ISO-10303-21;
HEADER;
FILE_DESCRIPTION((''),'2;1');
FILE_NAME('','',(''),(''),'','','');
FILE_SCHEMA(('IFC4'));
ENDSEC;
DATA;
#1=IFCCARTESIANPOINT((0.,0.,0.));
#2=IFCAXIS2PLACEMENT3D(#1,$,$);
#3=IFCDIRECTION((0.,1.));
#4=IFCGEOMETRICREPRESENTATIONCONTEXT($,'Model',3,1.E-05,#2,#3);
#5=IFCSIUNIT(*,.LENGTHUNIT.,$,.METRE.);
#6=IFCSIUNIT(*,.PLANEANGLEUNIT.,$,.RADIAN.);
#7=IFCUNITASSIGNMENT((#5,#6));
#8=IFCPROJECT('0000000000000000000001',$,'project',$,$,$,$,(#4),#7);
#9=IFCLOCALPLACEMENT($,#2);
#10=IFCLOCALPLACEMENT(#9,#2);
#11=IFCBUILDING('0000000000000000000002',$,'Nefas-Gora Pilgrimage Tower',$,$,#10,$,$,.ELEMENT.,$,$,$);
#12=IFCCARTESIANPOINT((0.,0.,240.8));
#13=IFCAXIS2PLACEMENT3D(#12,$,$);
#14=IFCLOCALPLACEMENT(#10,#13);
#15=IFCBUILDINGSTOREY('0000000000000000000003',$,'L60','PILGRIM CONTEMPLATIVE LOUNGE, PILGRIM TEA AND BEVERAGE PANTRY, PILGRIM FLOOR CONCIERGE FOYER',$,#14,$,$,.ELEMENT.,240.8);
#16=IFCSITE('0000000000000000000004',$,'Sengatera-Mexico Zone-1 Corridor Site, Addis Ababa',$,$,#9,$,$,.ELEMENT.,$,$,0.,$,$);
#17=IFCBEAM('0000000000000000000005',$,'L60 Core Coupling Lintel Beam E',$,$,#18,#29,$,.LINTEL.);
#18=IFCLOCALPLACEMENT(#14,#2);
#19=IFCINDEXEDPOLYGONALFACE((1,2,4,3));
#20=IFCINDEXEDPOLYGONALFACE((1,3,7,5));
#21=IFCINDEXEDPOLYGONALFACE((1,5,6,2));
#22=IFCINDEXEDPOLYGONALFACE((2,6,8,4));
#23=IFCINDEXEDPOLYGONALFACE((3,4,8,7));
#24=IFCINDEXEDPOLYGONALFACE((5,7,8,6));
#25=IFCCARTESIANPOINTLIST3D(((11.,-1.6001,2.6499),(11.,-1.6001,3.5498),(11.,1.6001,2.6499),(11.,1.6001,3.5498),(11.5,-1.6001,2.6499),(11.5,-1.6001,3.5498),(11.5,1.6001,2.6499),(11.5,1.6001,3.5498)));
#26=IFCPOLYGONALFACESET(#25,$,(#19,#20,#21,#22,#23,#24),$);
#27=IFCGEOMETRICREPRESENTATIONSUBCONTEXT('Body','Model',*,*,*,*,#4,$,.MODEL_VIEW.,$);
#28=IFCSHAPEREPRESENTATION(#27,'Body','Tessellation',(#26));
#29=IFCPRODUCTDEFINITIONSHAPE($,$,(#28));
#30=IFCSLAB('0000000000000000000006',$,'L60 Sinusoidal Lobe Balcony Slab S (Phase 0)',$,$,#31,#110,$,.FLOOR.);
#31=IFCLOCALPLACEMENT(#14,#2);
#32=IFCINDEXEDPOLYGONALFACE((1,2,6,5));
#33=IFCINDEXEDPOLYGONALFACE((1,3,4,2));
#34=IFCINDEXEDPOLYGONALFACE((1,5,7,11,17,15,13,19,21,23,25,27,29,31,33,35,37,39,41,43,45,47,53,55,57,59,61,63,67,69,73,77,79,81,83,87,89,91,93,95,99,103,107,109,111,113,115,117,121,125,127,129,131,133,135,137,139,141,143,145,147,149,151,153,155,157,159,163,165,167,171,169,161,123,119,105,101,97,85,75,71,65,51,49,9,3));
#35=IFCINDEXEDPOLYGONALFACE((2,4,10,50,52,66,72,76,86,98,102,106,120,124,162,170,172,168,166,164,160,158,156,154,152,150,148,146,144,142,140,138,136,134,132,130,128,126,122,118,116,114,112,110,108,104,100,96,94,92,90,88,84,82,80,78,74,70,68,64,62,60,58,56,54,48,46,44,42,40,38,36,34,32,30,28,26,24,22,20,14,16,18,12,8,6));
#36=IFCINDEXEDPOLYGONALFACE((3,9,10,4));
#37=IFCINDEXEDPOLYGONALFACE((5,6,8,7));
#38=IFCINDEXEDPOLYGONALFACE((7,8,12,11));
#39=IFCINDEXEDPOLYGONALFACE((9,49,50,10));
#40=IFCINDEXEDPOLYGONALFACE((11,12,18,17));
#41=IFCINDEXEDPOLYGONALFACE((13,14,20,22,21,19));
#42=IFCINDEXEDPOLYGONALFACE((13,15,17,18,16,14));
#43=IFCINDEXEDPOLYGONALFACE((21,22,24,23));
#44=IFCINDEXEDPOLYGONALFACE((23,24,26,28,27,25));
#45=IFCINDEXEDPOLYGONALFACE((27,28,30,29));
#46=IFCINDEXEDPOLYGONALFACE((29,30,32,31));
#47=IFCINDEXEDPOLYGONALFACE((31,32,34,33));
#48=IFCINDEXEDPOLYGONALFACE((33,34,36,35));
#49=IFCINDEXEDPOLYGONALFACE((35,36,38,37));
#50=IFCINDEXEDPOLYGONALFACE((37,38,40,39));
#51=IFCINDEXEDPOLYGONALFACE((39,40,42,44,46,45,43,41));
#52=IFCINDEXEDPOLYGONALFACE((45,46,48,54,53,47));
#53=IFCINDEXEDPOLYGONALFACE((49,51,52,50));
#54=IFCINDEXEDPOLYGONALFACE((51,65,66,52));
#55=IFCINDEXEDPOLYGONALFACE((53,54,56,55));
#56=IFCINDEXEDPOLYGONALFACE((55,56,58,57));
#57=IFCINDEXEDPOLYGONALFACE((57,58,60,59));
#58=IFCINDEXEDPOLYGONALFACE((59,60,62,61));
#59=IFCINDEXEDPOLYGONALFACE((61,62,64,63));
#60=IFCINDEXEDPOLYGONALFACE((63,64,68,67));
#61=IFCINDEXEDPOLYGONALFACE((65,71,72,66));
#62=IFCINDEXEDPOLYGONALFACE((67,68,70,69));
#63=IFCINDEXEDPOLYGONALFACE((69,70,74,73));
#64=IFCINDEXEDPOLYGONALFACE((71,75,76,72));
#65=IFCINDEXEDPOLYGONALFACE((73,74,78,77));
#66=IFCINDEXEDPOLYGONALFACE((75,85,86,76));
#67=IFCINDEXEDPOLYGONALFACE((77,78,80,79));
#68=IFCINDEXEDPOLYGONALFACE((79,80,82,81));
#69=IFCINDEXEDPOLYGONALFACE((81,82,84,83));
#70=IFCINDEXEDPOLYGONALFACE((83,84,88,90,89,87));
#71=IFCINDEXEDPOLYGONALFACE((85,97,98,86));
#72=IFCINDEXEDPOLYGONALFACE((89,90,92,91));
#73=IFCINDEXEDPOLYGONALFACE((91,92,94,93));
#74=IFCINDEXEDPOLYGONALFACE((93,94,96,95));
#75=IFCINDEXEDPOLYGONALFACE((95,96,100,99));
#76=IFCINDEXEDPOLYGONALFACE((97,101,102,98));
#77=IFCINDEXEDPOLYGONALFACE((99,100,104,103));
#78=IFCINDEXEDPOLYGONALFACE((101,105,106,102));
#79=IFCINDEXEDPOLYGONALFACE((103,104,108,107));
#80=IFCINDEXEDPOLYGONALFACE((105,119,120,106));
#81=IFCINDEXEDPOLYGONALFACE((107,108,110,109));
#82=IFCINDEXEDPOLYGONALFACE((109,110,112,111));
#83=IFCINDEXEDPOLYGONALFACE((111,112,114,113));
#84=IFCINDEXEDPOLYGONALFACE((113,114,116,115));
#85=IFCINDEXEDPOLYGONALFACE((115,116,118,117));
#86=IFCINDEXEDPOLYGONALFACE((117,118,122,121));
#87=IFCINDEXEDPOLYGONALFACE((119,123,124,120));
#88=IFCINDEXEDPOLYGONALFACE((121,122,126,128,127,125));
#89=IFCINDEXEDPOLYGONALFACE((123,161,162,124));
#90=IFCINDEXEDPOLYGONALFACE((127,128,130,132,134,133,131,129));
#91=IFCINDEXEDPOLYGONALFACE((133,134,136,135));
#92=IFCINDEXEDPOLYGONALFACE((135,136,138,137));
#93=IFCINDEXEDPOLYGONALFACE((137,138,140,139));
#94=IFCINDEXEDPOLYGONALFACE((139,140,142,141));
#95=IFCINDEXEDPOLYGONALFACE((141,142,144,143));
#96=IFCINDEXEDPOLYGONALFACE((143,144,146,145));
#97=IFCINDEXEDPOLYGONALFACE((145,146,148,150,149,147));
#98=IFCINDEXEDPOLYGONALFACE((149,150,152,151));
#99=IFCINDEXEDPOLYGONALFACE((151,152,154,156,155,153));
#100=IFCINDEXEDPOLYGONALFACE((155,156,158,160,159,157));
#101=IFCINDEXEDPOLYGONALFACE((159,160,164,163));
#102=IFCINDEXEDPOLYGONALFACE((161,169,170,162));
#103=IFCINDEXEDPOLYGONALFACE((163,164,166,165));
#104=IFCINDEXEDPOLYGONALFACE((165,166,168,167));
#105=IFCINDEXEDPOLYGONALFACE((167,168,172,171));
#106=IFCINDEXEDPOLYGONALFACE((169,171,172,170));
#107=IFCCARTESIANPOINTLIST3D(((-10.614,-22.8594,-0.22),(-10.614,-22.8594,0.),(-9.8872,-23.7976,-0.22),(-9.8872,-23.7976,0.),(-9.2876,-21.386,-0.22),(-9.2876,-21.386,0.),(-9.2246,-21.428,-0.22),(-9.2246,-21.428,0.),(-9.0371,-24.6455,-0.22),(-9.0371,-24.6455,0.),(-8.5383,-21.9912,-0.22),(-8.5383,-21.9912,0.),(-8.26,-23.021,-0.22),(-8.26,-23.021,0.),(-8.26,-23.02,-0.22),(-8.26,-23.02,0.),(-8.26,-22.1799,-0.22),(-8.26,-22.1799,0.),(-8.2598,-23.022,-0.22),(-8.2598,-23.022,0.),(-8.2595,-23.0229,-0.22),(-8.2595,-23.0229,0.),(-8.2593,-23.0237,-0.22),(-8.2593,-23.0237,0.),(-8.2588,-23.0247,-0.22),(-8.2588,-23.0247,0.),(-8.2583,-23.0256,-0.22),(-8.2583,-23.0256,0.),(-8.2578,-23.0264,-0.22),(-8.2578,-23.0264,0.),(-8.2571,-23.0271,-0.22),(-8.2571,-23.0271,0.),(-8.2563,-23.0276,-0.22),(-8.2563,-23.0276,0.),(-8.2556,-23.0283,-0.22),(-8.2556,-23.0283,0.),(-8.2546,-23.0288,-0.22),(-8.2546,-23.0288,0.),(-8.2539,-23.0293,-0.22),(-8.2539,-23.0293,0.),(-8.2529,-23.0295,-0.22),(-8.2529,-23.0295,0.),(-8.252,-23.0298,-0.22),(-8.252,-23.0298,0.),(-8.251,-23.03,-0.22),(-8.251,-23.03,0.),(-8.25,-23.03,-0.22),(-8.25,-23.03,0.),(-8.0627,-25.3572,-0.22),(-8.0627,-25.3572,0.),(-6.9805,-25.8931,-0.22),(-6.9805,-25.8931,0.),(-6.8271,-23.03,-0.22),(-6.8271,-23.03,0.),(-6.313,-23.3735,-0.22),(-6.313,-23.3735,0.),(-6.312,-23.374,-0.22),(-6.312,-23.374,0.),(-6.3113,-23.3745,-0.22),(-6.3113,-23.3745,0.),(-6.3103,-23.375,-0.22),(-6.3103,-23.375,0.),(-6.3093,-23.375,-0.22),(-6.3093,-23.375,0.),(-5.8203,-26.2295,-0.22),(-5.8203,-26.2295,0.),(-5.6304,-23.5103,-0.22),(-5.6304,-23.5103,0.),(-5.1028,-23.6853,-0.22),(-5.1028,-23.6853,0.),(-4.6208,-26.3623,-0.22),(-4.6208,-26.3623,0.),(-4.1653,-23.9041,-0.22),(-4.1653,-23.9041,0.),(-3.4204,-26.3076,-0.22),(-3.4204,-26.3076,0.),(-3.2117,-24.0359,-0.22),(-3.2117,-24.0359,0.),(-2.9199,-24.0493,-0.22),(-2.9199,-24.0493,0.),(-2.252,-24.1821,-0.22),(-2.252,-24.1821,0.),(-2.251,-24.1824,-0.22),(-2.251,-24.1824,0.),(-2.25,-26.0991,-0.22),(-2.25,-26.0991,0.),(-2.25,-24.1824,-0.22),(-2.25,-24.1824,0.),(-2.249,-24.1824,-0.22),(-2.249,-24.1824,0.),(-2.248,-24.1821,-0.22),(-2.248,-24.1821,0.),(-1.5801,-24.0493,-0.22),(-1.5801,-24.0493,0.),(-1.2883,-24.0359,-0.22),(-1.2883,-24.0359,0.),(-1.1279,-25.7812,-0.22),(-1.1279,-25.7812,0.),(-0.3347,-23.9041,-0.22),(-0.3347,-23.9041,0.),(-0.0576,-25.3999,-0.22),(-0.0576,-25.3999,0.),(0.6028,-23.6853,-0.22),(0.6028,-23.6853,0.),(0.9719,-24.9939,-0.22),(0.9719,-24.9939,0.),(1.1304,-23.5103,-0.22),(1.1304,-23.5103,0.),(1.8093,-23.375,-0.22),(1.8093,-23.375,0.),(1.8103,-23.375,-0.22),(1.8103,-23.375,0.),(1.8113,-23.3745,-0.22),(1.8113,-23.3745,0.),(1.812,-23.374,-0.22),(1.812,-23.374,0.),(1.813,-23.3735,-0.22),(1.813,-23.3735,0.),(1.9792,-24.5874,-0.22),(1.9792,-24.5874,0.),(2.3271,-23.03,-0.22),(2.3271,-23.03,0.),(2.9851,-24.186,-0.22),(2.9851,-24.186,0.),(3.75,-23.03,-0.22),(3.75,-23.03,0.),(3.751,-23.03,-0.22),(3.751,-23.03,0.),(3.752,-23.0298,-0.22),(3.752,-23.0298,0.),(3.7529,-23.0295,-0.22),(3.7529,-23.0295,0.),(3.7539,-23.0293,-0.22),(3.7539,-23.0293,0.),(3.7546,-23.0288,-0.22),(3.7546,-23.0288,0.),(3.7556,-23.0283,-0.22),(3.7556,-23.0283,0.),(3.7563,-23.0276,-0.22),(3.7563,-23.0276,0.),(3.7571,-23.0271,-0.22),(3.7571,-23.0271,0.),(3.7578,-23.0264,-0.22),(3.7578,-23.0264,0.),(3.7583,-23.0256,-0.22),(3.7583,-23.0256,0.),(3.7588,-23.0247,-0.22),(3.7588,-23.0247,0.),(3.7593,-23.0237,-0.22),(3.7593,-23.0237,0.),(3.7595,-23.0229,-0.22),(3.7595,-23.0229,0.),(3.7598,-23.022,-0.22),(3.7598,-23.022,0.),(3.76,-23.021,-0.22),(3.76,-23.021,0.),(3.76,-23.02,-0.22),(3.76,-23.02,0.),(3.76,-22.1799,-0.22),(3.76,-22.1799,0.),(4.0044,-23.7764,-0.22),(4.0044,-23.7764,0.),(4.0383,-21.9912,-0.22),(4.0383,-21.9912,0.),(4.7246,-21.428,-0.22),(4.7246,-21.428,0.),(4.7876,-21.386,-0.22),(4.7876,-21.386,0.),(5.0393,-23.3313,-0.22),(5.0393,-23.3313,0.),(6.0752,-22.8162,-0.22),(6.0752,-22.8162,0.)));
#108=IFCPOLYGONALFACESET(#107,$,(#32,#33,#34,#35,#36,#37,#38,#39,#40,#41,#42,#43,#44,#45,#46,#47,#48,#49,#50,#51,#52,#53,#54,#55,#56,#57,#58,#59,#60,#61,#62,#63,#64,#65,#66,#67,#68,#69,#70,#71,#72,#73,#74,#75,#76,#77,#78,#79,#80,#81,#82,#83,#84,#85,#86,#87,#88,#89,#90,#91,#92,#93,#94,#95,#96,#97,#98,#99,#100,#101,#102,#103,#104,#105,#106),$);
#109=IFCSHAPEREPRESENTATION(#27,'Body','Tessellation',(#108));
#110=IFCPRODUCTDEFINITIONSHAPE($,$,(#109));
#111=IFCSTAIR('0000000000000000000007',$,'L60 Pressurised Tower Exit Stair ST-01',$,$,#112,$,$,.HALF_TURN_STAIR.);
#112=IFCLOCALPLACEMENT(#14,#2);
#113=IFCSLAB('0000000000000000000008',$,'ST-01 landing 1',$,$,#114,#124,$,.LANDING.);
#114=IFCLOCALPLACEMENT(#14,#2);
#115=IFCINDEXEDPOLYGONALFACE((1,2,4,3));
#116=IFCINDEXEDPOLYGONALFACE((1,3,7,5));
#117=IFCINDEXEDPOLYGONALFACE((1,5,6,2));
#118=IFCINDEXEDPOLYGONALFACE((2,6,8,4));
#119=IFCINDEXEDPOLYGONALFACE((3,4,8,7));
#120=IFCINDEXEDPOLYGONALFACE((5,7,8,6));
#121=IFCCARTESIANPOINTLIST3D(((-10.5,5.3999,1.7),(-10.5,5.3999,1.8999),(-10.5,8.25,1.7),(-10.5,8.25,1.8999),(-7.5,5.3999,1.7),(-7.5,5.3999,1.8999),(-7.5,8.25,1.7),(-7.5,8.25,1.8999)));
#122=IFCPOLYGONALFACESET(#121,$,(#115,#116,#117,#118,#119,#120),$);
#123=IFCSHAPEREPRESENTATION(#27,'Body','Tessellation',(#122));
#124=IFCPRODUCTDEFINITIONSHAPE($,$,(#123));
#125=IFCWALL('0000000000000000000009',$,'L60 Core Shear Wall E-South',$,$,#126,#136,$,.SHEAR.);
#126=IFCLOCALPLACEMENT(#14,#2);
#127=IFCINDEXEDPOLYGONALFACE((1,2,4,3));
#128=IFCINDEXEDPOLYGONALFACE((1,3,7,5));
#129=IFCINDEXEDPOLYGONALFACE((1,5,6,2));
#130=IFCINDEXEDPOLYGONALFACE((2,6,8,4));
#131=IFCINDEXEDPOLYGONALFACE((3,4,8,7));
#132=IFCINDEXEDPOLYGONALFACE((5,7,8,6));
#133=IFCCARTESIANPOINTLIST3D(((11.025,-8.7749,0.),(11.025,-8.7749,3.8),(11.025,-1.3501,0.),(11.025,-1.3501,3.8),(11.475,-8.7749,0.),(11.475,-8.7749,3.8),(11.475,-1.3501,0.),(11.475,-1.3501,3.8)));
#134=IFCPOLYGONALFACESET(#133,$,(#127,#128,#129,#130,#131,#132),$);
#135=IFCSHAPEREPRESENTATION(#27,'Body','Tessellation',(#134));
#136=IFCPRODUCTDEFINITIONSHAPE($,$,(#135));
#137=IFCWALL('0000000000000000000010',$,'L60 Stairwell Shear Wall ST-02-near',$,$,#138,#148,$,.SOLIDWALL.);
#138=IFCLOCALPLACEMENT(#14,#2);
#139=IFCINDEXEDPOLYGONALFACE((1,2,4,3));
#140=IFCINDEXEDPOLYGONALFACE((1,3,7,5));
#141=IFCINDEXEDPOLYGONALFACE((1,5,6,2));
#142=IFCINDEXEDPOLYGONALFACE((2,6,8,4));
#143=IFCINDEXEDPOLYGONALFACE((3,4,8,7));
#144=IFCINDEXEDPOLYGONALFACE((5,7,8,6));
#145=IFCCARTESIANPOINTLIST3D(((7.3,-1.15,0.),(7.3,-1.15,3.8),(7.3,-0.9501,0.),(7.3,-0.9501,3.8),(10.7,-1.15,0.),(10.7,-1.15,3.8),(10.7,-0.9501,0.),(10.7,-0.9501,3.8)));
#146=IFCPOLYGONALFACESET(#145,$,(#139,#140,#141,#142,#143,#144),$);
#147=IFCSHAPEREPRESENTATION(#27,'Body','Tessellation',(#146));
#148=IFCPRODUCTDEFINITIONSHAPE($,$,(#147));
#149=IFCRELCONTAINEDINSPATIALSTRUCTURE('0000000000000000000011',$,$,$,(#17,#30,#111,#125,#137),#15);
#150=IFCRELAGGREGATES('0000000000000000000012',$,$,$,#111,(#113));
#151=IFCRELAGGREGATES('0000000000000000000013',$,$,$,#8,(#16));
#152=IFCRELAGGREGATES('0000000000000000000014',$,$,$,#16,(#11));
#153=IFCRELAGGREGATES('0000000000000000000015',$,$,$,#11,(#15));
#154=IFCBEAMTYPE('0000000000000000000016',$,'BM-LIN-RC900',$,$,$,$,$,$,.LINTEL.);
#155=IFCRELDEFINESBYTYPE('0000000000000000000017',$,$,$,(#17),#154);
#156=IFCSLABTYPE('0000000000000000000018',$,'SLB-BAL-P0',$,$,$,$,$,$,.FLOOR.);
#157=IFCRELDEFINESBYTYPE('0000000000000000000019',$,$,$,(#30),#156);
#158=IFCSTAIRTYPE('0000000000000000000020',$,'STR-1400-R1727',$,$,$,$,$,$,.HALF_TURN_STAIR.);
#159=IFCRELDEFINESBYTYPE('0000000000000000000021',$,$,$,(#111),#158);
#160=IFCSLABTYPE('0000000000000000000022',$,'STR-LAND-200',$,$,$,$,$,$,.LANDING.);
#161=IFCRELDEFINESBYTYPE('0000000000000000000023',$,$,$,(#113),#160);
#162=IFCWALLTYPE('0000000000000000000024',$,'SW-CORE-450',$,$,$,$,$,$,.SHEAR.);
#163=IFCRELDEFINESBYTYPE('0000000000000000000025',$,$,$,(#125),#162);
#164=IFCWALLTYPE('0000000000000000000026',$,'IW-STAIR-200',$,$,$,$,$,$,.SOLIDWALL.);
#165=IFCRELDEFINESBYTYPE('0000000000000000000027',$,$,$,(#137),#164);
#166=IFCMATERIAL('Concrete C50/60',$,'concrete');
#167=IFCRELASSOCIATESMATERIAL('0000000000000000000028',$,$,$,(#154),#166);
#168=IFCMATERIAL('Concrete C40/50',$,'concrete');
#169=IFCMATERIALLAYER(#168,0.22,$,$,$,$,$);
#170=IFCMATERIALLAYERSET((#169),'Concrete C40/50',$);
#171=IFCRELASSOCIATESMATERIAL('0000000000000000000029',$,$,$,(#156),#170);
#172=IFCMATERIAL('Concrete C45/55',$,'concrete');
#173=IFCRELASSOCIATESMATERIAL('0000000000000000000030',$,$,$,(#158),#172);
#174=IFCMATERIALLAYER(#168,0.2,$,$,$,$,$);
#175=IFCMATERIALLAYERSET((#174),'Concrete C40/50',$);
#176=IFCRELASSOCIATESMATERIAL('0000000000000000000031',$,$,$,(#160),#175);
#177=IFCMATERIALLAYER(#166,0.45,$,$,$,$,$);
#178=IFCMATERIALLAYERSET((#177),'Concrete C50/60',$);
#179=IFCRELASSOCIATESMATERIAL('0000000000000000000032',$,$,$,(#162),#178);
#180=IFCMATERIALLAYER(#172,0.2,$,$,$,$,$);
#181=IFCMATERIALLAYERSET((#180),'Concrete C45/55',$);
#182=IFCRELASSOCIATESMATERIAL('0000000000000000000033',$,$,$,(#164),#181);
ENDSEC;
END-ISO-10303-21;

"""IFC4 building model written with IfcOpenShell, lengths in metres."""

from ifc_helpers import new_model, si_unit, direction, frame, frame_2d, origin, origin_2d, place, context, subcontext, project, spatial, polyline, rectangle, outline, extrude, source, transform, mapped, material, layer, layer_set, material_profile, profile_set, type_object, element, aggregate, save


model = new_model("IFC4")

# Units and contexts
model_context = context("Model", 3, precision=1e-05, world=origin(), true_north=direction((0.0, 1.0)))
body_context = subcontext(model_context, "Body", "Model", "MODEL_VIEW")
ifc_project = project(units=[si_unit("LENGTHUNIT", "METRE"), si_unit("PLANEANGLEUNIT", "RADIAN")], contexts=[model_context])

# Site, building, storey
site_placement = place(None, origin())
site = spatial("IfcSite", under=ifc_project, at=site_placement, Name="Sengatera-Mexico Zone-1 Corridor Site, Addis Ababa", CompositionType="ELEMENT", RefElevation=0.0)
building_placement = place(site_placement, origin())
building = spatial("IfcBuilding", under=site, at=building_placement, Name="Nefas-Gora Pilgrimage Tower", CompositionType="ELEMENT")
storey_placement = place(building_placement, frame((0.0, 0.0, 240.8)))
storey = spatial("IfcBuildingStorey", under=building, at=storey_placement, Name="L60", Description="PILGRIM CONTEMPLATIVE LOUNGE, PILGRIM TEA AND BEVERAGE PANTRY, PILGRIM FLOOR CONCIERGE FOYER", CompositionType="ELEMENT", Elevation=240.8)

# Beam
ifc_material_1 = material(Name="Concrete C50/60", Category="concrete")
ifc_material_profile = material_profile(ifc_material_1, rectangle(XDim=0.5, YDim=0.8999, at=origin_2d()), Name="RC 500x900")
ifc_profile_set = profile_set([ifc_material_profile], Name="Concrete C50/60")
beam_type = type_object("IfcBeamType", Name="BM-LIN-RC900", PredefinedType="LINTEL", material=ifc_profile_set)
shared_shape_1 = source(origin(), body_context, "Body", "SweptSolid", [
    extrude(rectangle(XDim=0.5, YDim=0.8999, at=origin_2d()), origin(), (0.0, 0.0, 1.0), 3.2002),
])
beam_placement = place(storey_placement, frame((11.25, -1.6001, 3.0999), z_axis=(0.0, 1.0, 0.0), x_axis=(-1.0, 0.0, 0.0)))
element("IfcBeam", 1, at=beam_placement, inside=storey, type_object=beam_type, Name="L60 Core Coupling Lintel Beam E", PredefinedType="LINTEL", context=body_context, shape_type="MappedRepresentation", body=[
    mapped(shared_shape_1, transform((0.0, 0.0, 0.0), x_axis=(1.0, 0.0, 0.0), y_axis=(0.0, 1.0, 0.0), z_axis=(0.0, 0.0, 1.0), scale=1.0)),
])

# Slab
ifc_material_2 = material(Name="Concrete C40/50", Category="concrete")
ifc_layer_1 = layer(ifc_material_2, 0.22)
ifc_layer_set_1 = layer_set([ifc_layer_1], Name="Concrete C40/50")
slab_type_1 = type_object("IfcSlabType", Name="SLB-BAL-P0", PredefinedType="FLOOR", material=ifc_layer_set_1)
slab_1_placement = place(storey_placement, frame((0.0, 0.0, -0.22)))
element("IfcSlab", 2, at=slab_1_placement, inside=storey, type_object=slab_type_1, Name="L60 Sinusoidal Lobe Balcony Slab S (Phase 0)", PredefinedType="FLOOR", context=body_context, shape_type="SweptSolid", body=[
    extrude(outline(polyline([(4.7876, -21.386), (4.7246, -21.428), (4.0383, -21.9912), (3.76, -22.1799), (3.76, -23.02), (3.76, -23.021), (3.7598, -23.022), (3.7595, -23.0229), (3.7593, -23.0237), (3.7588, -23.0247), (3.7583, -23.0256), (3.7578, -23.0264), (3.7571, -23.0271), (3.7563, -23.0276), (3.7556, -23.0283), (3.7546, -23.0288), (3.7539, -23.0293), (3.7529, -23.0295), (3.752, -23.0298), (3.751, -23.03), (3.75, -23.03), (2.3271, -23.03), (1.813, -23.3735), (1.812, -23.374), (1.8113, -23.3745), (1.8103, -23.375), (1.8093, -23.375), (1.1304, -23.5103), (0.6028, -23.6853), (-0.3347, -23.9041), (-1.2883, -24.0359), (-1.5801, -24.0493), (-2.248, -24.1821), (-2.249, -24.1824), (-2.25, -24.1824), (-2.251, -24.1824), (-2.252, -24.1821), (-2.9199, -24.0493), (-3.2117, -24.0359), (-4.1653, -23.9041), (-5.1028, -23.6853), (-5.6304, -23.5103), (-6.3093, -23.375), (-6.3103, -23.375), (-6.3113, -23.3745), (-6.312, -23.374), (-6.313, -23.3735), (-6.8271, -23.03), (-8.25, -23.03), (-8.251, -23.03), (-8.252, -23.0298), (-8.2529, -23.0295), (-8.2539, -23.0293), (-8.2546, -23.0288), (-8.2556, -23.0283), (-8.2563, -23.0276), (-8.2571, -23.0271), (-8.2578, -23.0264), (-8.2583, -23.0256), (-8.2588, -23.0247), (-8.2593, -23.0237), (-8.2595, -23.0229), (-8.2598, -23.022), (-8.26, -23.021), (-8.26, -23.02), (-8.26, -22.1799), (-8.5383, -21.9912), (-9.2246, -21.428), (-9.2876, -21.386), (-10.614, -22.8594), (-9.8872, -23.7976), (-9.0371, -24.6455), (-8.0627, -25.3572), (-6.9805, -25.8931), (-5.8203, -26.2295), (-4.6208, -26.3623), (-3.4204, -26.3076), (-2.25, -26.0991), (-1.1279, -25.7812), (-0.0576, -25.3999), (0.9719, -24.9939), (1.9792, -24.5874), (2.9851, -24.186), (4.0044, -23.7764), (5.0393, -23.3313), (6.0752, -22.8162), (4.7876, -21.386)])), origin(), (0.0, 0.0, 1.0), 0.22),
])

# Stair, slab
ifc_material_3 = material(Name="Concrete C45/55", Category="concrete")
stair_type = type_object("IfcStairType", Name="STR-1400-R1727", PredefinedType="HALF_TURN_STAIR", material=ifc_material_3)
stair_1_placement = place(storey_placement, origin())
stair_1 = element("IfcStair", 3, at=stair_1_placement, inside=storey, type_object=stair_type, Name="L60 Pressurised Tower Exit Stair ST-01", PredefinedType="HALF_TURN_STAIR")
ifc_layer_2 = layer(ifc_material_2, 0.2)
ifc_layer_set_2 = layer_set([ifc_layer_2], Name="Concrete C40/50")
slab_type_2 = type_object("IfcSlabType", Name="STR-LAND-200", PredefinedType="LANDING", material=ifc_layer_set_2)
slab_2_placement = place(storey_placement, frame((0.0, 0.0, 1.7)))
slab_2 = element("IfcSlab", 4, at=slab_2_placement, type_object=slab_type_2, Name="ST-01 landing 1", PredefinedType="LANDING", context=body_context, shape_type="SweptSolid", body=[
    extrude(outline(polyline([(-7.5, 5.3999), (-7.5, 8.25), (-10.5, 8.25), (-10.5, 5.3999), (-7.5, 5.3999)])), origin(), (0.0, 0.0, 1.0), 0.2),
])
aggregate(stair_1, [slab_2])

# Walls
ifc_layer_3 = layer(ifc_material_1, 0.45)
ifc_layer_set_3 = layer_set([ifc_layer_3], Name="Concrete C50/60")
wall_type_1 = type_object("IfcWallType", Name="SW-CORE-450", PredefinedType="SHEAR", material=ifc_layer_set_3)
shared_shape_2 = source(origin(), body_context, "Body", "SweptSolid", [
    extrude(rectangle(XDim=7.4248, YDim=0.45, at=frame_2d((3.7124, 0.0))), origin(), (0.0, 0.0, 1.0), 3.8),
])
wall_1_placement = place(storey_placement, frame((11.25, -8.7749, 0.0), z_axis=(0.0, 0.0, 1.0), x_axis=(0.0, 1.0, 0.0)))
element("IfcWall", 5, at=wall_1_placement, inside=storey, type_object=wall_type_1, Name="L60 Core Shear Wall E-South", PredefinedType="SHEAR", context=body_context, shape_type="MappedRepresentation", body=[
    mapped(shared_shape_2, transform((0.0, 0.0, 0.0), x_axis=(1.0, 0.0, 0.0), y_axis=(0.0, 1.0, 0.0), z_axis=(0.0, 0.0, 1.0), scale=1.0)),
])
ifc_layer_4 = layer(ifc_material_3, 0.2)
ifc_layer_set_4 = layer_set([ifc_layer_4], Name="Concrete C45/55")
wall_type_2 = type_object("IfcWallType", Name="IW-STAIR-200", PredefinedType="SOLIDWALL", material=ifc_layer_set_4)
shared_shape_3 = source(origin(), body_context, "Body", "SweptSolid", [
    extrude(rectangle(XDim=3.3999, YDim=0.2, at=frame_2d((1.7, 0.0))), origin(), (0.0, 0.0, 1.0), 3.8),
])
wall_2_placement = place(storey_placement, frame((7.3, -1.05, 0.0), z_axis=(0.0, 0.0, 1.0), x_axis=(1.0, 0.0, 0.0)))
element("IfcWall", 6, at=wall_2_placement, inside=storey, type_object=wall_type_2, Name="L60 Stairwell Shear Wall ST-02-near", PredefinedType="SOLIDWALL", context=body_context, shape_type="MappedRepresentation", body=[
    mapped(shared_shape_3, transform((0.0, 0.0, 0.0), x_axis=(1.0, 0.0, 0.0), y_axis=(0.0, 1.0, 0.0), z_axis=(0.0, 0.0, 1.0), scale=1.0)),
])

save(model, "model.ifc")
